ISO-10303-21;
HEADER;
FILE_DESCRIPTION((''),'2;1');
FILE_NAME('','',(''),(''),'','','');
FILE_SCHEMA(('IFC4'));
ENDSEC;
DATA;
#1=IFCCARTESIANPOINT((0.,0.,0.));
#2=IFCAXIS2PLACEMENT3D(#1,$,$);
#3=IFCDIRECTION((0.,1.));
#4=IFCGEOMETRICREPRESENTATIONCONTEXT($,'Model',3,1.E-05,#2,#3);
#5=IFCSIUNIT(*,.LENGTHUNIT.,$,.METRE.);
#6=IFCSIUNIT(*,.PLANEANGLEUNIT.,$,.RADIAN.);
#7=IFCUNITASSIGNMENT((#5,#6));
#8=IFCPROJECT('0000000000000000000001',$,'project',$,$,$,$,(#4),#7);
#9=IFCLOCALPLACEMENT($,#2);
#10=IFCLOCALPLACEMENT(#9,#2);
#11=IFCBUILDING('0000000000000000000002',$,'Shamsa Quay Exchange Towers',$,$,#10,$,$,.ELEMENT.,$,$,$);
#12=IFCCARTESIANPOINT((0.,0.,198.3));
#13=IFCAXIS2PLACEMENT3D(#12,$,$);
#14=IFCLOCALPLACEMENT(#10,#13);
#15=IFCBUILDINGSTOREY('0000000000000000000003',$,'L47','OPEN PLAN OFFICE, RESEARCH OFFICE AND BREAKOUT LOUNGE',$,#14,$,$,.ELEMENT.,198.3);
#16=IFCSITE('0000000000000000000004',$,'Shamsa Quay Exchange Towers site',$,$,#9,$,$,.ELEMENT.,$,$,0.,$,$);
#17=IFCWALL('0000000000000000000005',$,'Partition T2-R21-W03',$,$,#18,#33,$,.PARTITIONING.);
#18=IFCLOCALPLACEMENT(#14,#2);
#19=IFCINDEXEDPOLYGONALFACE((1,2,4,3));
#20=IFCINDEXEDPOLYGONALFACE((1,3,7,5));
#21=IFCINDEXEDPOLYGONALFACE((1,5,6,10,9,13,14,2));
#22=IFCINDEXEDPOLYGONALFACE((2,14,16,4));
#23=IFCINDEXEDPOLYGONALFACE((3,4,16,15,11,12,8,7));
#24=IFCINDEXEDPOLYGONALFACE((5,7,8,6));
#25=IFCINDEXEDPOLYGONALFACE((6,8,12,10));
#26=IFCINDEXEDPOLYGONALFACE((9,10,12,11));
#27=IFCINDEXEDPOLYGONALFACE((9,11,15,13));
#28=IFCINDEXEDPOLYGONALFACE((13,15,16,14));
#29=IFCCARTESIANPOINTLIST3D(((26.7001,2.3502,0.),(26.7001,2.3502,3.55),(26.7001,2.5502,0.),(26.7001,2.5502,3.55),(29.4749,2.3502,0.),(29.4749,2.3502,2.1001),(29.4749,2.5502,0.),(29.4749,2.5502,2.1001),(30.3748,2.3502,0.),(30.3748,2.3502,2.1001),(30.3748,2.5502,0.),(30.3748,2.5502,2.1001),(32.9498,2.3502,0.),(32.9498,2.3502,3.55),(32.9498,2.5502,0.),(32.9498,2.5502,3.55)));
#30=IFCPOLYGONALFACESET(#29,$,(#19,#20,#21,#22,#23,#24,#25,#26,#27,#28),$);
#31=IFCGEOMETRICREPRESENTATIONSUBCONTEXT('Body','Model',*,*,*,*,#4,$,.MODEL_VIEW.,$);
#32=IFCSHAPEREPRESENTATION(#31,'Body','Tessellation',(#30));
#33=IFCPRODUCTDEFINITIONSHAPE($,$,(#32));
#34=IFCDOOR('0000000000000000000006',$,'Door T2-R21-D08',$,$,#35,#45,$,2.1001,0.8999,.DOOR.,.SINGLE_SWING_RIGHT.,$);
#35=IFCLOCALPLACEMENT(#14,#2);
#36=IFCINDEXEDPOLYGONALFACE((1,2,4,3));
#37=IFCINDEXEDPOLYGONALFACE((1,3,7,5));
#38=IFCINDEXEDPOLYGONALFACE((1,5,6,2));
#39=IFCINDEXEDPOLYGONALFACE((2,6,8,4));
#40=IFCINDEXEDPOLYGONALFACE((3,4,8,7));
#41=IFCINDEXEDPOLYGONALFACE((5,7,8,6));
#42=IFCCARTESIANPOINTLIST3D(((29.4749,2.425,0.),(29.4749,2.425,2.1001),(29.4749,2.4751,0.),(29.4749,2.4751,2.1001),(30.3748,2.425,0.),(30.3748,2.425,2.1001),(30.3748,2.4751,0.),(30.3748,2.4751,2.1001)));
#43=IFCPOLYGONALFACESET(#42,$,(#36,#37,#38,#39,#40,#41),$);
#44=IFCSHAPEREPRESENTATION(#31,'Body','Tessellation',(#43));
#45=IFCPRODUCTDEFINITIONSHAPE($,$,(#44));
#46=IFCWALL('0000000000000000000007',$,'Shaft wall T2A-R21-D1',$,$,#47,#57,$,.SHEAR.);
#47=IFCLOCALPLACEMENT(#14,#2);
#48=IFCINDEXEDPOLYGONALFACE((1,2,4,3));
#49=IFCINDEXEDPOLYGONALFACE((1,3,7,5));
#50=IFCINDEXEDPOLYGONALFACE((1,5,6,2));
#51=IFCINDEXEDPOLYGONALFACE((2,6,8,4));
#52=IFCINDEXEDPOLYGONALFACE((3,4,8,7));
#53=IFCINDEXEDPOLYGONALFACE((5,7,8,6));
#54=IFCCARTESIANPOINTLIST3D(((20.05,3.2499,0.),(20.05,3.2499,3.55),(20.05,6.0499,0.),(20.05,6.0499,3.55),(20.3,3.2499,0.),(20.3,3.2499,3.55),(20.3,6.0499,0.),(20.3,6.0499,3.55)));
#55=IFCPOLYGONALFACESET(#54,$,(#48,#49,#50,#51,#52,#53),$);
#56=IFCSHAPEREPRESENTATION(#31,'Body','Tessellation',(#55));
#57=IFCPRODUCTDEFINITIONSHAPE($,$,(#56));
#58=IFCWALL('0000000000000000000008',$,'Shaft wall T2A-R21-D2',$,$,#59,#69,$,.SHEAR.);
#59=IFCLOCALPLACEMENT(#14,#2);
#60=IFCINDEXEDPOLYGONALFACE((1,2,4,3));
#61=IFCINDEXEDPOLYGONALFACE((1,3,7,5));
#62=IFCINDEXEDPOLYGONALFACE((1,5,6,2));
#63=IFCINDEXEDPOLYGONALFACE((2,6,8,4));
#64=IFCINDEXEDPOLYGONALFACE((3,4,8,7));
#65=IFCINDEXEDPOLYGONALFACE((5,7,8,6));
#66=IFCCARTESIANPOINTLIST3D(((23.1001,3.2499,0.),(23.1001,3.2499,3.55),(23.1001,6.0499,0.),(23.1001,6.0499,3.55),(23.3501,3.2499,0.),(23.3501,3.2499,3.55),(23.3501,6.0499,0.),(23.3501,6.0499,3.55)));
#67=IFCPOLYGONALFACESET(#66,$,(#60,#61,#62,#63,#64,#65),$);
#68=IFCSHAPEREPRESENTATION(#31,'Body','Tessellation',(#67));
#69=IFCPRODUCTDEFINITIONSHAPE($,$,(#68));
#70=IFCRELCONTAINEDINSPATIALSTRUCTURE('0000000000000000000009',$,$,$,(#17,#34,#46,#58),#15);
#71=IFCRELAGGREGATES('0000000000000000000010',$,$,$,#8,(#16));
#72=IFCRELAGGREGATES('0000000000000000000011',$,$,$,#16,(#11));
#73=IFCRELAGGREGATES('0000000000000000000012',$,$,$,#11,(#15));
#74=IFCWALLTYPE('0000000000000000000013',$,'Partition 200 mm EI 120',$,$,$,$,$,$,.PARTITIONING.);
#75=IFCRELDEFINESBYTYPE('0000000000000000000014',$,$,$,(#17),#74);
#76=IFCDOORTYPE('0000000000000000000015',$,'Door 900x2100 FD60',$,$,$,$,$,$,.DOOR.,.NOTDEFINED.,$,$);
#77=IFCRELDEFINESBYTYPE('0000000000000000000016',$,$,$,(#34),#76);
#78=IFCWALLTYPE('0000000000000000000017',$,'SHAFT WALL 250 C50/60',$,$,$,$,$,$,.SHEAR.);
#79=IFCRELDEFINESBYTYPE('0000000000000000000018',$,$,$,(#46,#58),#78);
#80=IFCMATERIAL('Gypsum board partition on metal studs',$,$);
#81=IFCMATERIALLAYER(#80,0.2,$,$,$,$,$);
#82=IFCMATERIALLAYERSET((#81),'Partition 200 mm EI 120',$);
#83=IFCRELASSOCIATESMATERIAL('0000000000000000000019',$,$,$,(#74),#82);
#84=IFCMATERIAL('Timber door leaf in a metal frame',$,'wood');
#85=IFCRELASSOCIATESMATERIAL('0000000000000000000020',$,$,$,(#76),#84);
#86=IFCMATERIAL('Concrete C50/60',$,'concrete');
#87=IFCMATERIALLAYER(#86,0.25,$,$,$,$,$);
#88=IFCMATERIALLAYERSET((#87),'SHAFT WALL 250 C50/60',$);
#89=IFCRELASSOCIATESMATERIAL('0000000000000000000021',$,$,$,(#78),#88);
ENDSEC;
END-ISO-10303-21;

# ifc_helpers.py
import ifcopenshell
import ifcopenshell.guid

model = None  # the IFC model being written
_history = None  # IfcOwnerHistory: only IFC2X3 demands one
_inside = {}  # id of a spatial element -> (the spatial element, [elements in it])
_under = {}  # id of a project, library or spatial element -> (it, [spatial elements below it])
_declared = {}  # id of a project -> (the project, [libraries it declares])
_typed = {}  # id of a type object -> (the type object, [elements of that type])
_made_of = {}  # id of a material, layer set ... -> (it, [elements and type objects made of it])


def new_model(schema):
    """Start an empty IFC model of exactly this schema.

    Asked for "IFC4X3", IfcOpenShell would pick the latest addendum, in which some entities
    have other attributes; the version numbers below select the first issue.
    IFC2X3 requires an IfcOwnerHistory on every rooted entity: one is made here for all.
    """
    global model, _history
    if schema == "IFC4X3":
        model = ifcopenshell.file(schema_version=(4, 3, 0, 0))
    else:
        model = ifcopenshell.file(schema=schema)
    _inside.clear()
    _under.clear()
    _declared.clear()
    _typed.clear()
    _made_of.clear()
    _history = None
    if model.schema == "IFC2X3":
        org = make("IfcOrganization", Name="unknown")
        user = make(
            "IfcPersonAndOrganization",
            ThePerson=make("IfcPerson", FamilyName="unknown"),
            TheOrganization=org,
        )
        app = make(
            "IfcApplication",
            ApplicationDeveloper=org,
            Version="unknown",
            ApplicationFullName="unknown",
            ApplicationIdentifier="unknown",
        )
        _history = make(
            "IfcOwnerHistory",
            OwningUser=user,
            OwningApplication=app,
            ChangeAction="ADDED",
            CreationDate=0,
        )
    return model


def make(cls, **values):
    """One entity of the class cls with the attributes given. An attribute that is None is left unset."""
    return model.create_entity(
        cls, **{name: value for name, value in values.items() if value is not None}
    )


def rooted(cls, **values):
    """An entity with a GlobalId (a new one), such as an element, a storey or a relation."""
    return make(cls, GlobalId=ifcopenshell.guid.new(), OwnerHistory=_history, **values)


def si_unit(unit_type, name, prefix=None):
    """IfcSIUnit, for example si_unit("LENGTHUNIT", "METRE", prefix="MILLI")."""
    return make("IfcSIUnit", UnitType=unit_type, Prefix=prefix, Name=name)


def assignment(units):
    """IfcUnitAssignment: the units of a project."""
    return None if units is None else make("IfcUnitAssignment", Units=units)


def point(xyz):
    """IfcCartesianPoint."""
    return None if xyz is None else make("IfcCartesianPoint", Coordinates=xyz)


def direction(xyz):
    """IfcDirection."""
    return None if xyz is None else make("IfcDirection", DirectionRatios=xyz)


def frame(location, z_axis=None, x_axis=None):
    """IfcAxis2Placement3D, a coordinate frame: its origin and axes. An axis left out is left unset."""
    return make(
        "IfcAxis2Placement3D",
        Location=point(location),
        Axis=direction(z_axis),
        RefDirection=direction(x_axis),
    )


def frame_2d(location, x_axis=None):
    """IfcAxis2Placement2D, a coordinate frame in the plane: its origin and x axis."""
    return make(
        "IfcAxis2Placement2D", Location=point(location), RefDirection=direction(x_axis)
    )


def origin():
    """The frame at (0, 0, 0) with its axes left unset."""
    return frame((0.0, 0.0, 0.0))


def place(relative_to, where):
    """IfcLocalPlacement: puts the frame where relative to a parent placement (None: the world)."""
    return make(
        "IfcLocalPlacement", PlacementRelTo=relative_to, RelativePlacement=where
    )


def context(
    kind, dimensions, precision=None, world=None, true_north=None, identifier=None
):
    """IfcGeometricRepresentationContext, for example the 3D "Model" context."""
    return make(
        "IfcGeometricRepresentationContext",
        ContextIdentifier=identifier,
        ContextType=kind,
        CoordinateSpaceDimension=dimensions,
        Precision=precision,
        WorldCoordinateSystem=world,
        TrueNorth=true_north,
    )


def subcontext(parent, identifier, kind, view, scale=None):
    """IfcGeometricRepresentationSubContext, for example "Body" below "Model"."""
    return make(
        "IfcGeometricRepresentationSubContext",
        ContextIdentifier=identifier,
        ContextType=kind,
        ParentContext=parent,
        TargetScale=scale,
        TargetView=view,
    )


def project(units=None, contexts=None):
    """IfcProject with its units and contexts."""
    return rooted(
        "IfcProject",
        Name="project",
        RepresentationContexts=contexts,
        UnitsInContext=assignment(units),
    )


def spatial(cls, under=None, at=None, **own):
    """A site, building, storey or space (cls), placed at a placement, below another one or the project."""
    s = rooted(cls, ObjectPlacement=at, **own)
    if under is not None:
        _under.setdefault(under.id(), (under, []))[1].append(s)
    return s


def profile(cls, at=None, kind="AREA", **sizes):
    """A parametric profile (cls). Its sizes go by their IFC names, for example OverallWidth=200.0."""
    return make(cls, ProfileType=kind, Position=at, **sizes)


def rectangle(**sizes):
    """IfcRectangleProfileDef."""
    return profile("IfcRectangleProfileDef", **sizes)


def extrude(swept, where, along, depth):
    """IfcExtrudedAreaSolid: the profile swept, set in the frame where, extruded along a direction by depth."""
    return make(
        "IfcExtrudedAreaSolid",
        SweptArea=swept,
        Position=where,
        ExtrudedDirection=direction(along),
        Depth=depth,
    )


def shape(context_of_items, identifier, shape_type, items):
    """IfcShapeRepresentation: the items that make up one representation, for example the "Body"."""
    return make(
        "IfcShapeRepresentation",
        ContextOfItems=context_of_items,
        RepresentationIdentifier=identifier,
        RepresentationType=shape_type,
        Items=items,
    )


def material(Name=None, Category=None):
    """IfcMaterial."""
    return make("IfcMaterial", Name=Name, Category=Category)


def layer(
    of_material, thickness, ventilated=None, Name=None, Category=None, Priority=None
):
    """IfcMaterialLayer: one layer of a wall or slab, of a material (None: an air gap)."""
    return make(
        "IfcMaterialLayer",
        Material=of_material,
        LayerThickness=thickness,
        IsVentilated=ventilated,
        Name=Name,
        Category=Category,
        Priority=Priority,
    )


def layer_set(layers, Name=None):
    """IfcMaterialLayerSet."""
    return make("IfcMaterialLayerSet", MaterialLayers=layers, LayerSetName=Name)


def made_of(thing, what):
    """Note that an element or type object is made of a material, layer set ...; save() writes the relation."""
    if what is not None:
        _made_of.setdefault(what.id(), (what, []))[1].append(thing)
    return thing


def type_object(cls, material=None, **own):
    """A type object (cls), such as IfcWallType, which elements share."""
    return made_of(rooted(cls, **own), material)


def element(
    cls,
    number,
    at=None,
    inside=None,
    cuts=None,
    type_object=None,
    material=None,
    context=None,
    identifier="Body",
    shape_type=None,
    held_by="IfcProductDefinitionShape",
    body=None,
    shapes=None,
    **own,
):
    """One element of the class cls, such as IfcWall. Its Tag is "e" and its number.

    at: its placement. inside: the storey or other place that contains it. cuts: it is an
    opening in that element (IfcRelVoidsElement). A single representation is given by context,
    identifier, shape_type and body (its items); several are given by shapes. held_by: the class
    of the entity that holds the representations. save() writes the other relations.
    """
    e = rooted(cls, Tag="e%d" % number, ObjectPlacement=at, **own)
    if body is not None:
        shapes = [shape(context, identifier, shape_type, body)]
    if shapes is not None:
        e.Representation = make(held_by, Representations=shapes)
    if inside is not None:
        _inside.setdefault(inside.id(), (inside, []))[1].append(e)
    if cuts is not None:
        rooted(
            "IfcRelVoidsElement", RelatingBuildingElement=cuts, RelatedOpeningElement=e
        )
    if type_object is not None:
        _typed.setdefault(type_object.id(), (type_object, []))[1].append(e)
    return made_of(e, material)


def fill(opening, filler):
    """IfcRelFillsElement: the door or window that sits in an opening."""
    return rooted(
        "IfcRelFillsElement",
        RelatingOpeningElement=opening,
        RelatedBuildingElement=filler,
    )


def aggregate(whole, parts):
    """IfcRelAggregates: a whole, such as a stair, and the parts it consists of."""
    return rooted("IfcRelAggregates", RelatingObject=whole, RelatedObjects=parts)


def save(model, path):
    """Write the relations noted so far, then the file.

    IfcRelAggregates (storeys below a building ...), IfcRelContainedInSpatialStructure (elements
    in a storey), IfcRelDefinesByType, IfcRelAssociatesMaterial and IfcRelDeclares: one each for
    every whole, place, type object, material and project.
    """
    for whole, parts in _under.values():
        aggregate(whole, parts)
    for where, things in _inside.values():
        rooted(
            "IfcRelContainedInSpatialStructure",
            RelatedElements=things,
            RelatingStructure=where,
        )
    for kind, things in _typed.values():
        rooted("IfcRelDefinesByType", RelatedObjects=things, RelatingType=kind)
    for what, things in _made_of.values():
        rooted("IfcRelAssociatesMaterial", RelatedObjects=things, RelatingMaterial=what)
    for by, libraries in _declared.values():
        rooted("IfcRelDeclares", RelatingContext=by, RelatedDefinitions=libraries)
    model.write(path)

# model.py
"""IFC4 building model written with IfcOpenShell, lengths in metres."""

from ifc_helpers import new_model, si_unit, direction, frame, frame_2d, origin, place, context, subcontext, project, spatial, rectangle, extrude, material, layer, layer_set, type_object, element, fill, save


model = new_model("IFC4")

# Units and contexts
model_context = context("Model", 3, precision=1e-05, world=origin(), true_north=direction((0.0, 1.0)))
body_context = subcontext(model_context, "Body", "Model", "MODEL_VIEW")
ifc_project = project(units=[si_unit("LENGTHUNIT", "METRE"), si_unit("PLANEANGLEUNIT", "RADIAN")], contexts=[model_context])

# Site, building, storey
site_placement = place(None, origin())
site = spatial("IfcSite", under=ifc_project, at=site_placement, Name="Shamsa Quay Exchange Towers site", CompositionType="ELEMENT", RefElevation=0.0)
building_placement = place(site_placement, origin())
building = spatial("IfcBuilding", under=site, at=building_placement, Name="Shamsa Quay Exchange Towers", CompositionType="ELEMENT")
storey_placement = place(building_placement, frame((0.0, 0.0, 198.3)))
storey = spatial("IfcBuildingStorey", under=building, at=storey_placement, Name="L47", Description="OPEN PLAN OFFICE, RESEARCH OFFICE AND BREAKOUT LOUNGE", CompositionType="ELEMENT", Elevation=198.3)

# Wall, opening, door
ifc_material_1 = material(Name="Gypsum board partition on metal studs")
ifc_layer_1 = layer(ifc_material_1, 0.2)
ifc_layer_set_1 = layer_set([ifc_layer_1], Name="Partition 200 mm EI 120")
wall_type_1 = type_object("IfcWallType", Name="Partition 200 mm EI 120", PredefinedType="PARTITIONING", material=ifc_layer_set_1)
wall_1_placement = place(storey_placement, frame((26.7, 2.4502, 0.0)))
wall_1 = element("IfcWall", 1, at=wall_1_placement, inside=storey, type_object=wall_type_1, Name="Partition T2-R21-W03", PredefinedType="PARTITIONING", context=body_context, shape_type="SweptSolid", body=[
    extrude(rectangle(XDim=6.2498, YDim=0.2, at=frame_2d((3.125, 0.0))), origin(), (0.0, 0.0, 1.0), 3.55),
])
opening_1_placement = place(wall_1_placement, frame((2.7749, 0.0, 0.0)))
opening_1 = element("IfcOpeningElement", 2, at=opening_1_placement, cuts=wall_1, PredefinedType="OPENING", context=body_context, shape_type="SweptSolid", body=[
    extrude(rectangle(XDim=0.8999, YDim=2.1001, at=frame_2d((0.45, 1.05))), frame((0.0, 0.1099, 0.0), z_axis=(0.0, -1.0, 0.0), x_axis=(1.0, 0.0, 0.0)), (0.0, 0.0, 1.0), 0.22),
])
ifc_material_2 = material(Name="Timber door leaf in a metal frame", Category="wood")
door_type_1 = type_object("IfcDoorType", Name="Door 900x2100 FD60", OperationType="NOTDEFINED", PredefinedType="DOOR", material=ifc_material_2)
door_1_placement = place(opening_1_placement, origin())
door_1 = element("IfcDoor", 3, at=door_1_placement, inside=storey, type_object=door_type_1, Name="Door T2-R21-D08", OperationType="SINGLE_SWING_RIGHT", OverallHeight=2.1001, OverallWidth=0.8999, PredefinedType="DOOR", context=body_context, shape_type="SweptSolid", body=[
    extrude(rectangle(XDim=0.8999, YDim=2.1001, at=frame_2d((0.45, 1.05))), frame((0.0, 0.0249, 0.0), z_axis=(0.0, -1.0, 0.0), x_axis=(1.0, 0.0, 0.0)), (0.0, 0.0, 1.0), 0.05),
])
fill(opening_1, door_1)

# Walls
ifc_material_3 = material(Name="Concrete C50/60", Category="concrete")
ifc_layer_2 = layer(ifc_material_3, 0.25)
ifc_layer_set_2 = layer_set([ifc_layer_2], Name="SHAFT WALL 250 C50/60")
wall_type_2 = type_object("IfcWallType", Name="SHAFT WALL 250 C50/60", PredefinedType="SHEAR", material=ifc_layer_set_2)
for number, where, z_axis, x_axis, name in (
    (4, (20.175, 3.25, 0.0), (0.0, 0.0, 1.0), (0.0, 1.0, 0.0), "Shaft wall T2A-R21-D1"),
    (5, (23.2251, 3.25, 0.0), (0.0, 0.0, 1.0), (0.0, 1.0, 0.0), "Shaft wall T2A-R21-D2"),
):
    element("IfcWall", number, at=place(storey_placement, frame(where, z_axis=z_axis, x_axis=x_axis)), inside=storey, type_object=wall_type_2, Name=name, PredefinedType="SHEAR", context=body_context, shape_type="SweptSolid", body=[
        extrude(rectangle(XDim=2.8, YDim=0.25, at=frame_2d((1.3999, 0.0))), origin(), (0.0, 0.0, 1.0), 3.55),
    ])

save(model, "model.ifc")
